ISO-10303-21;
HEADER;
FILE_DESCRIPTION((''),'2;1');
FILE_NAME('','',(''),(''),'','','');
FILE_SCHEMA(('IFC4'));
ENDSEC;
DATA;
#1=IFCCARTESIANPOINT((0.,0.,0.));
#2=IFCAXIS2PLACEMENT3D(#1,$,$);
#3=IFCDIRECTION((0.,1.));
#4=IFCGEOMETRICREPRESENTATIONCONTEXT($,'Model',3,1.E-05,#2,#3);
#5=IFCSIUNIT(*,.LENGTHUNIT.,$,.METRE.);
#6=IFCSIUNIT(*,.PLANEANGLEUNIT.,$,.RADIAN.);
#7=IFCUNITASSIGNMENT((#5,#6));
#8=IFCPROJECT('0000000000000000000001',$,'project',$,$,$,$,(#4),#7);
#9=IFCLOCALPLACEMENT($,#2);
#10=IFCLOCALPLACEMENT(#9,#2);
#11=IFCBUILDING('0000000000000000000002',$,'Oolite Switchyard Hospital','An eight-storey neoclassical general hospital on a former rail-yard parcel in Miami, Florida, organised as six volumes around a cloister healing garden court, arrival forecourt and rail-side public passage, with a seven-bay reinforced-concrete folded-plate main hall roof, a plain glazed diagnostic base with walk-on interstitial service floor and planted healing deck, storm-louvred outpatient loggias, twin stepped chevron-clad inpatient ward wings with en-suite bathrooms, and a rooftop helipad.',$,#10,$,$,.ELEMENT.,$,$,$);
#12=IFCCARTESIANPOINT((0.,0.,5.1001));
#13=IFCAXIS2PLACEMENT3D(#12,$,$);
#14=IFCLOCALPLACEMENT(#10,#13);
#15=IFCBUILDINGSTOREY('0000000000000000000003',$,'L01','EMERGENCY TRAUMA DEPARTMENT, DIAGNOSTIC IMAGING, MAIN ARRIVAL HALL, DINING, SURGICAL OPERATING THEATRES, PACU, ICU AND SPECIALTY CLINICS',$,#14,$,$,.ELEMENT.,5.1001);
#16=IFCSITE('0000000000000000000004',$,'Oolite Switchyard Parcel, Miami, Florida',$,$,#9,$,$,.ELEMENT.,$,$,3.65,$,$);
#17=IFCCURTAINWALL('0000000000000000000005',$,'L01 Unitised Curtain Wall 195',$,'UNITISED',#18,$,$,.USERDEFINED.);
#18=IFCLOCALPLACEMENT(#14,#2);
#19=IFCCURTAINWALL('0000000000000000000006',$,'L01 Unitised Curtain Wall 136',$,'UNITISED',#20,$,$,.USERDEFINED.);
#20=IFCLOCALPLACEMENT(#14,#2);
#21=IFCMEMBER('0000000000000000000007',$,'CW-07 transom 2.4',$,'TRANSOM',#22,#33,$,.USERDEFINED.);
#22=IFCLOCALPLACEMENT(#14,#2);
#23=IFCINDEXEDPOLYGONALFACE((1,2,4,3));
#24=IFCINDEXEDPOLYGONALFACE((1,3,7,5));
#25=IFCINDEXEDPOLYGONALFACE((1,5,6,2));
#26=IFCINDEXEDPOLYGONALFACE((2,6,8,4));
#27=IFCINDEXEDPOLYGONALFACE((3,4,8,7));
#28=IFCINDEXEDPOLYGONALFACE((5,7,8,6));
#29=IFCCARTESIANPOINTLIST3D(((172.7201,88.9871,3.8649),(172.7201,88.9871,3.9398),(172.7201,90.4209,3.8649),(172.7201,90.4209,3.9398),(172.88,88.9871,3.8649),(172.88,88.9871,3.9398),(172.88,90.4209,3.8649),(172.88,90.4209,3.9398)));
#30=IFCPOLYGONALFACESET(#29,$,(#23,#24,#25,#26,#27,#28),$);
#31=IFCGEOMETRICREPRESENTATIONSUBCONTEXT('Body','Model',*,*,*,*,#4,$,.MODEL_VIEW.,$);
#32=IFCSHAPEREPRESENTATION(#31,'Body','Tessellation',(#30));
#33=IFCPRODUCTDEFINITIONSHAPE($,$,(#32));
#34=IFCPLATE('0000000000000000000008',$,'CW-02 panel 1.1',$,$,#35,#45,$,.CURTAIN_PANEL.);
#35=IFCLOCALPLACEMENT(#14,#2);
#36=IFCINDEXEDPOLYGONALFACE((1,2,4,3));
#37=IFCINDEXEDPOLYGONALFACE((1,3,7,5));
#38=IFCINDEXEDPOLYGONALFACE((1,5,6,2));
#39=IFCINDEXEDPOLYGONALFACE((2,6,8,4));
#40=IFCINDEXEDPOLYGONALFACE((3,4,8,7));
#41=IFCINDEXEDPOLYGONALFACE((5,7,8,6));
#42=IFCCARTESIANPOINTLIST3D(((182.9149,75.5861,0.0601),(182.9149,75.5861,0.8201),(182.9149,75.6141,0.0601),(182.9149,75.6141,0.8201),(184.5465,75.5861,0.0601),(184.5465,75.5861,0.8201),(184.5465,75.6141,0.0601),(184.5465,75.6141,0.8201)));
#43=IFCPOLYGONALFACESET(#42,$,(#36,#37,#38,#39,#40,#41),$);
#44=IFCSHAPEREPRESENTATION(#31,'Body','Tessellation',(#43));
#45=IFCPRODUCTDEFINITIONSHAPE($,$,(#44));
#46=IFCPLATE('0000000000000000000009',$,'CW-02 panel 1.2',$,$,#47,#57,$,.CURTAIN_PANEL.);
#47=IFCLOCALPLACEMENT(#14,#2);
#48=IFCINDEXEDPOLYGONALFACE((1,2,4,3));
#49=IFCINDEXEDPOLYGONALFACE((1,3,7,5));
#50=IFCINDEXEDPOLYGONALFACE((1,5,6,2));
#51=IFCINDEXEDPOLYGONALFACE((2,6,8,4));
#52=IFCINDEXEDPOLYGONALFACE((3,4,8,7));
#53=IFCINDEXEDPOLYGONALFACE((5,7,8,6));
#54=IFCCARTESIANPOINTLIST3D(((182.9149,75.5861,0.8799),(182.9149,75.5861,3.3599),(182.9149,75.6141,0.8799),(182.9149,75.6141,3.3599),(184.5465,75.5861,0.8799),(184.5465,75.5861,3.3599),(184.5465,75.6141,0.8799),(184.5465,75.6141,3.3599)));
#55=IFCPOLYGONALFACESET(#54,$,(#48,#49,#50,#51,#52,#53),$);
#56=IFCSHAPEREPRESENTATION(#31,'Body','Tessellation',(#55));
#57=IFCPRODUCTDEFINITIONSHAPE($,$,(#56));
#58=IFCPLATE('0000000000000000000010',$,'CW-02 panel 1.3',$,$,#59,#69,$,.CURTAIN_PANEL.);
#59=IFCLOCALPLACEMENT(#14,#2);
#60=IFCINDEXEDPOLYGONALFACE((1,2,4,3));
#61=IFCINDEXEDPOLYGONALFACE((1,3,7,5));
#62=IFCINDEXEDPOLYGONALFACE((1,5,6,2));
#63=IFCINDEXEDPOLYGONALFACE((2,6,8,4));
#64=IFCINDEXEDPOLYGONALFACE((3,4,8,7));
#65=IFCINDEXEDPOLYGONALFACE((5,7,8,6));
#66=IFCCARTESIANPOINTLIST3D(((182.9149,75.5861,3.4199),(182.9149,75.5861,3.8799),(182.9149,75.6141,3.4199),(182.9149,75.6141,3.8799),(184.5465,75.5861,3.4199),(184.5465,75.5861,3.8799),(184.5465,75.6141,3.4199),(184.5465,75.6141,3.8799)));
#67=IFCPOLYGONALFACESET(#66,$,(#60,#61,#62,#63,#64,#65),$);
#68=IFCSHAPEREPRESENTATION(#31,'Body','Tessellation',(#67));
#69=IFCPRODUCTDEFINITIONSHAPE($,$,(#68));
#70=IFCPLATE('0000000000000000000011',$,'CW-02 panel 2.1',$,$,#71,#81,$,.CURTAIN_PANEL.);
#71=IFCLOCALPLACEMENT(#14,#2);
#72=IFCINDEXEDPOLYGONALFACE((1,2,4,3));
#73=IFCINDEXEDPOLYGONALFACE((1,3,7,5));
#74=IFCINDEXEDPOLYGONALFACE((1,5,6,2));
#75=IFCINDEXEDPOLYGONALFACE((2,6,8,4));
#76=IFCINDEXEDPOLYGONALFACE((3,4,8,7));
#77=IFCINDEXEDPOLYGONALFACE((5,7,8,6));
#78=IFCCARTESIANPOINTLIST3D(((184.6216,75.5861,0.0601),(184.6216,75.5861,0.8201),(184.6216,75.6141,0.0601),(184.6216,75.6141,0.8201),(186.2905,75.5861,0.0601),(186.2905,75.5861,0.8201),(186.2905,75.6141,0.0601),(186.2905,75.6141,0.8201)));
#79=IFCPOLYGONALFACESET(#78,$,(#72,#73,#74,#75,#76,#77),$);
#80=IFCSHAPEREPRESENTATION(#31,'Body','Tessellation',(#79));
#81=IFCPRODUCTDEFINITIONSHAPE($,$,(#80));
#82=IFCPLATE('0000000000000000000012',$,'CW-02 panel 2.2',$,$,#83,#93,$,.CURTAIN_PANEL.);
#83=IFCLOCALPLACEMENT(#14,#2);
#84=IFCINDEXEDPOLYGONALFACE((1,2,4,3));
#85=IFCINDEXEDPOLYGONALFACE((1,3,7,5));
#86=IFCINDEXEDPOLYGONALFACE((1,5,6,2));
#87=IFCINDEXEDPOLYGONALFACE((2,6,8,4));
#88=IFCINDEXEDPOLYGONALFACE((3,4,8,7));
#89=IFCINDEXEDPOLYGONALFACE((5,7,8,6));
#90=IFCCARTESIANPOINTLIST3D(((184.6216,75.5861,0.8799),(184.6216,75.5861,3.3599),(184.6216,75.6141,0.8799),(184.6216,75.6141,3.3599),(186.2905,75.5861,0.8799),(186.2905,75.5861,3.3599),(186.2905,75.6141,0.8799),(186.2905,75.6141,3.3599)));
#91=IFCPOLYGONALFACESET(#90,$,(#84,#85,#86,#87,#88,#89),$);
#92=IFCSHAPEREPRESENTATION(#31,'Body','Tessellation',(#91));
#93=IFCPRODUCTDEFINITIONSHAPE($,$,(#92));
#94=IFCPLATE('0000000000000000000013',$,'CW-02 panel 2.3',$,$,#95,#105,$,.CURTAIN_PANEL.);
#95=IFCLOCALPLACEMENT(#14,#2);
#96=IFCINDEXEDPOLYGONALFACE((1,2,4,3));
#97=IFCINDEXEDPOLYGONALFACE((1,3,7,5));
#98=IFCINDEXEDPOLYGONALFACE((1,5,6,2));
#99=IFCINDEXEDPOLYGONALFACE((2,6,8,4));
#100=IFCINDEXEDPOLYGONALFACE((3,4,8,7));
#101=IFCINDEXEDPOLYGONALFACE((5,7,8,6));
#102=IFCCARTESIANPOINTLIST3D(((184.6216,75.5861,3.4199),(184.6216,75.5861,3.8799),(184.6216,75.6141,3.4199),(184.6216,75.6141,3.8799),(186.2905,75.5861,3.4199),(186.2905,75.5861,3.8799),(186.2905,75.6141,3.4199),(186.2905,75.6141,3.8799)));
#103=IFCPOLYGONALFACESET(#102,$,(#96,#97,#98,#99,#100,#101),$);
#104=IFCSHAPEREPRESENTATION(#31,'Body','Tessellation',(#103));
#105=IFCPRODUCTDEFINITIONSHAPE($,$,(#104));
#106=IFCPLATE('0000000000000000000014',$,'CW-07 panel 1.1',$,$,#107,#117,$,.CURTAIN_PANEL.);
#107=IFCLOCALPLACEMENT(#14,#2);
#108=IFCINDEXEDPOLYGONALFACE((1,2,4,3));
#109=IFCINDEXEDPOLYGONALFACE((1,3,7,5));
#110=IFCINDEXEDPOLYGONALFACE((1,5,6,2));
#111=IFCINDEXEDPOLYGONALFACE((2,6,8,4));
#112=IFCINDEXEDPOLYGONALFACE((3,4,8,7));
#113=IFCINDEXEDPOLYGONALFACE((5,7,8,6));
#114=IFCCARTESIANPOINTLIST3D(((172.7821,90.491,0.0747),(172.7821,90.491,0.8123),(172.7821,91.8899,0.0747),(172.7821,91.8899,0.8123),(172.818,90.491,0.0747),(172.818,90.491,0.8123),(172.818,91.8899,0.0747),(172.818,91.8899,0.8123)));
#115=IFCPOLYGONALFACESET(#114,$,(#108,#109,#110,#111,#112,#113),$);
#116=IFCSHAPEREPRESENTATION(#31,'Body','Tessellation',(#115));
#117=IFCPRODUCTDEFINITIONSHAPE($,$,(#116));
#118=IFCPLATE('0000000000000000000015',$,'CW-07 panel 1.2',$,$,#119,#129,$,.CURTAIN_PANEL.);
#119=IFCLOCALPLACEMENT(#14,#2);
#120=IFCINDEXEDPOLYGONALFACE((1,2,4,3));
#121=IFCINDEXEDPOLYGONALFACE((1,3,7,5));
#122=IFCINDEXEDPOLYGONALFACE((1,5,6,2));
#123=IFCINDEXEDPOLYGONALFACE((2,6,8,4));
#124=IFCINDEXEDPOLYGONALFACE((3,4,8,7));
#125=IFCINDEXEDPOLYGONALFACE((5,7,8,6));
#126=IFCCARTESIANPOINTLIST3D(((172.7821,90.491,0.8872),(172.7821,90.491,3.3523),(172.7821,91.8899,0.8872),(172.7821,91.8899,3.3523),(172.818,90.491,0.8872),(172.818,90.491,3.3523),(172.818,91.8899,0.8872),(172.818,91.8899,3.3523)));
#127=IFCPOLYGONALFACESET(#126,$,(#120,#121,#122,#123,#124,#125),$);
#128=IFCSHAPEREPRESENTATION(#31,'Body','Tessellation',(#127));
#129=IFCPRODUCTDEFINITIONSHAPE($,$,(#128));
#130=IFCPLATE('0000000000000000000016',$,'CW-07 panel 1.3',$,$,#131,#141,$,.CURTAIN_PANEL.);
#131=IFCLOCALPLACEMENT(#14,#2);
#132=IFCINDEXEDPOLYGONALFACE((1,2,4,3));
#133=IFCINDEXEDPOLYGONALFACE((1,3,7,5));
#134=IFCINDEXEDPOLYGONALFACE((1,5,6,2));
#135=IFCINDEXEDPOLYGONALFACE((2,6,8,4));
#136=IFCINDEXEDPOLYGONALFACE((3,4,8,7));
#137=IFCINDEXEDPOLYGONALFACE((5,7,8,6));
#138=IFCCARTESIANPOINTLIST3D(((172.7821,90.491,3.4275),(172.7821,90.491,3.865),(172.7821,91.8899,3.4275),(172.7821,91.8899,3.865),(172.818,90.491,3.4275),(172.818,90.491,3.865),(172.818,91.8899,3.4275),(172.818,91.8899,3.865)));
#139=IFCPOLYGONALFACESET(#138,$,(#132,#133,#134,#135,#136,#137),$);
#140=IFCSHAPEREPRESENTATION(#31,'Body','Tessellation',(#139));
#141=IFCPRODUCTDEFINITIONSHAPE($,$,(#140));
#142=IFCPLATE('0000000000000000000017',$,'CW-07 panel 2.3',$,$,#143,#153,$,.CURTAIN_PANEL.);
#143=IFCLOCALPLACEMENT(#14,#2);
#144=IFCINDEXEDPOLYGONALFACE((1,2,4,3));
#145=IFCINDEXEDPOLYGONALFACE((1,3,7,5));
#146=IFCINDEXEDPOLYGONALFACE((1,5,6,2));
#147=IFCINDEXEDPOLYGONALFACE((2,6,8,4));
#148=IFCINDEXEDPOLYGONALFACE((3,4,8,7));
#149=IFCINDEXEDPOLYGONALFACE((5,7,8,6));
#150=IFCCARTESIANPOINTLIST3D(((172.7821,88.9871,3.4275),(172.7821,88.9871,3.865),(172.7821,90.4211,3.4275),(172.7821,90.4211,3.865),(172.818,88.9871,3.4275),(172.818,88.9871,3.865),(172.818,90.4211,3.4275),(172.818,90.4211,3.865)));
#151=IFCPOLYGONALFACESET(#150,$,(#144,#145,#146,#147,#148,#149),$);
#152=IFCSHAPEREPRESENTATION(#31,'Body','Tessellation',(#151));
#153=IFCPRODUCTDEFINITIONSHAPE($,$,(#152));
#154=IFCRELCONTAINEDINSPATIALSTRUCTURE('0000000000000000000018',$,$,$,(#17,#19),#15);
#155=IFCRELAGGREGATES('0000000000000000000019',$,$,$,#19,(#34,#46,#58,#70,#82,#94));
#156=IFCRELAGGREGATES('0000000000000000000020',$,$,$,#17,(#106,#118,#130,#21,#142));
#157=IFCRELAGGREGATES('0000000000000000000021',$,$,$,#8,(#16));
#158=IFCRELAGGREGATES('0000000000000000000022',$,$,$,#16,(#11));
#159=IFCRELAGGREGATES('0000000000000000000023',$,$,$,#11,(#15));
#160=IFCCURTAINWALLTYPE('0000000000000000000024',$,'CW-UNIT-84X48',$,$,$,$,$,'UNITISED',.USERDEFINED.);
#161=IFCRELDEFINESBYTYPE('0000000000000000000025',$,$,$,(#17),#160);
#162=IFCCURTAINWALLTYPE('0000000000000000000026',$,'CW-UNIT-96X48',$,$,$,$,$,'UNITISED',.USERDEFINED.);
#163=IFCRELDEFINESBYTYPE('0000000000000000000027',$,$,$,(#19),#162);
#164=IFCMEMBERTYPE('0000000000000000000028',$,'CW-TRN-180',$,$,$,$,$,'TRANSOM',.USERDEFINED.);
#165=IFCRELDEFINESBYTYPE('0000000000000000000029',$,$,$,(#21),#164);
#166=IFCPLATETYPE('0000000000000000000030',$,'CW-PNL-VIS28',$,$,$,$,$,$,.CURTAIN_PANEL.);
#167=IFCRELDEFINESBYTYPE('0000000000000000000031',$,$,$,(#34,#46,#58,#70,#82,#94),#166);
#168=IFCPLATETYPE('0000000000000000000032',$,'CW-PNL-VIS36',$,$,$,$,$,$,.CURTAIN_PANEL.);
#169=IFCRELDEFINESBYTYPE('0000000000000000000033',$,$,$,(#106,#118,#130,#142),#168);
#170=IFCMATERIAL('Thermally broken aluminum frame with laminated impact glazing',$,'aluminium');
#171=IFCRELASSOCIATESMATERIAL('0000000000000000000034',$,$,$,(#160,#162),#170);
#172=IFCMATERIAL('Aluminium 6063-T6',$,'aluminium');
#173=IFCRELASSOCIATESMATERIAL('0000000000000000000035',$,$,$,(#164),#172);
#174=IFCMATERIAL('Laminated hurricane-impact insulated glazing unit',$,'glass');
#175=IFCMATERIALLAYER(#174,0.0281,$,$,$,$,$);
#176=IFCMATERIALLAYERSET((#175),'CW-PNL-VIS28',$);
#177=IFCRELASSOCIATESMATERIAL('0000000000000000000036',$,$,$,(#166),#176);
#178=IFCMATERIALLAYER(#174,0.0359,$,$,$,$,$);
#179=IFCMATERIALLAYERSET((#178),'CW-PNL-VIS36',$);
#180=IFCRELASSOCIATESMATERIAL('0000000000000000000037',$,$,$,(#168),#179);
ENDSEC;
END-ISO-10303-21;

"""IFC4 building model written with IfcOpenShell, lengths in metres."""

from ifc_helpers import new_model, si_unit, direction, frame, origin, origin_2d, place, context, subcontext, project, spatial, rectangle, extrude, material, layer, layer_set, material_profile, profile_set, type_object, element, aggregate, save


model = new_model("IFC4")

# Units and contexts
model_context = context("Model", 3, precision=1e-05, world=origin(), true_north=direction((0.0, 1.0)))
body_context = subcontext(model_context, "Body", "Model", "MODEL_VIEW")
ifc_project = project(units=[si_unit("LENGTHUNIT", "METRE"), si_unit("PLANEANGLEUNIT", "RADIAN")], contexts=[model_context])

# Site, building, storey
site_placement = place(None, origin())
site = spatial("IfcSite", under=ifc_project, at=site_placement, Name="Oolite Switchyard Parcel, Miami, Florida", CompositionType="ELEMENT", RefElevation=3.65)
building_placement = place(site_placement, origin())
building = spatial("IfcBuilding", under=site, at=building_placement, Name="Oolite Switchyard Hospital", Description="An eight-storey neoclassical general hospital on a former rail-yard parcel in Miami, Florida, organised as six volumes around a cloister healing garden court, arrival forecourt and rail-side public passage, with a seven-bay reinforced-concrete folded-plate main hall roof, a plain glazed diagnostic base with walk-on interstitial service floor and planted healing deck, storm-louvred outpatient loggias, twin stepped chevron-clad inpatient ward wings with en-suite bathrooms, and a rooftop helipad.", CompositionType="ELEMENT")
storey_placement = place(building_placement, frame((0.0, 0.0, 5.1001)))
storey = spatial("IfcBuildingStorey", under=building, at=storey_placement, Name="L01", Description="EMERGENCY TRAUMA DEPARTMENT, DIAGNOSTIC IMAGING, MAIN ARRIVAL HALL, DINING, SURGICAL OPERATING THEATRES, PACU, ICU AND SPECIALTY CLINICS", CompositionType="ELEMENT", Elevation=5.1001)

# Curtain wall
ifc_material_1 = material(Name="Thermally broken aluminum frame with laminated impact glazing", Category="aluminium")
curtain_wall_type_1 = type_object("IfcCurtainWallType", Name="CW-UNIT-84X48", ElementType="UNITISED", PredefinedType="USERDEFINED", material=ifc_material_1)
curtain_wall_1_placement = place(storey_placement, origin())
curtain_wall_1 = element("IfcCurtainWall", 1, at=curtain_wall_1_placement, inside=storey, type_object=curtain_wall_type_1, Name="L01 Unitised Curtain Wall 195", ObjectType="UNITISED", PredefinedType="USERDEFINED")
ifc_material_2 = material(Name="Aluminium 6063-T6", Category="aluminium")

# Curtain wall
curtain_wall_type_2 = type_object("IfcCurtainWallType", Name="CW-UNIT-96X48", ElementType="UNITISED", PredefinedType="USERDEFINED", material=ifc_material_1)
curtain_wall_2_placement = place(storey_placement, origin())
curtain_wall_2 = element("IfcCurtainWall", 2, at=curtain_wall_2_placement, inside=storey, type_object=curtain_wall_type_2, Name="L01 Unitised Curtain Wall 136", ObjectType="UNITISED", PredefinedType="USERDEFINED")

# Member
ifc_material_profile_1 = material_profile(ifc_material_2, rectangle(XDim=0.1599, YDim=0.075, at=origin_2d()), Name="CWT75X160")
ifc_profile_set_1 = profile_set([ifc_material_profile_1], Name="Aluminium 6063-T6")
member_type_1 = type_object("IfcMemberType", Name="CW-TRN-180", ElementType="TRANSOM", PredefinedType="USERDEFINED", material=ifc_profile_set_1)
member_1_placement = place(storey_placement, frame((172.8, 90.4209, 3.9023), z_axis=(0.0, -1.0, 0.0), x_axis=(1.0, 0.0, 0.0)))
member_1 = element("IfcMember", 3, at=member_1_placement, type_object=member_type_1, Name="CW-07 transom 2.4", ObjectType="TRANSOM", PredefinedType="USERDEFINED", context=body_context, shape_type="SweptSolid", body=[
    extrude(rectangle(XDim=0.1599, YDim=0.075, at=origin_2d()), origin(), (0.0, 0.0, 1.0), 1.4338),
])

# Plates
ifc_material_3 = material(Name="Laminated hurricane-impact insulated glazing unit", Category="glass")
ifc_layer_1 = layer(ifc_material_3, 0.0281)
ifc_layer_set_1 = layer_set([ifc_layer_1], Name="CW-PNL-VIS28")
plate_type_1 = type_object("IfcPlateType", Name="CW-PNL-VIS28", PredefinedType="CURTAIN_PANEL", material=ifc_layer_set_1)
plate_1_placement = place(storey_placement, frame((183.7307, 75.6001, 0.0601), z_axis=(0.0, 0.0, 1.0), x_axis=(1.0, 0.0, 0.0)))
plate_1 = element("IfcPlate", 4, at=plate_1_placement, type_object=plate_type_1, Name="CW-02 panel 1.1", PredefinedType="CURTAIN_PANEL", context=body_context, shape_type="SweptSolid", body=[
    extrude(rectangle(XDim=1.6316, YDim=0.0281, at=origin_2d()), origin(), (0.0, 0.0, 1.0), 0.76),
])
plate_2_placement = place(storey_placement, frame((183.7307, 75.6001, 0.8799), z_axis=(0.0, 0.0, 1.0), x_axis=(1.0, 0.0, 0.0)))
plate_2 = element("IfcPlate", 5, at=plate_2_placement, type_object=plate_type_1, Name="CW-02 panel 1.2", PredefinedType="CURTAIN_PANEL", context=body_context, shape_type="SweptSolid", body=[
    extrude(rectangle(XDim=1.6316, YDim=0.0281, at=origin_2d()), origin(), (0.0, 0.0, 1.0), 2.48),
])
plate_3_placement = place(storey_placement, frame((183.7307, 75.6001, 3.4199), z_axis=(0.0, 0.0, 1.0), x_axis=(1.0, 0.0, 0.0)))
plate_3 = element("IfcPlate", 6, at=plate_3_placement, type_object=plate_type_1, Name="CW-02 panel 1.3", PredefinedType="CURTAIN_PANEL", context=body_context, shape_type="SweptSolid", body=[
    extrude(rectangle(XDim=1.6316, YDim=0.0281, at=origin_2d()), origin(), (0.0, 0.0, 1.0), 0.46),
])
plate_4_placement = place(storey_placement, frame((185.4561, 75.6001, 0.0601), z_axis=(0.0, 0.0, 1.0), x_axis=(1.0, 0.0, 0.0)))
plate_4 = element("IfcPlate", 7, at=plate_4_placement, type_object=plate_type_1, Name="CW-02 panel 2.1", PredefinedType="CURTAIN_PANEL", context=body_context, shape_type="SweptSolid", body=[
    extrude(rectangle(XDim=1.6689, YDim=0.0281, at=origin_2d()), origin(), (0.0, 0.0, 1.0), 0.76),
])
plate_5_placement = place(storey_placement, frame((185.4561, 75.6001, 0.8799), z_axis=(0.0, 0.0, 1.0), x_axis=(1.0, 0.0, 0.0)))
plate_5 = element("IfcPlate", 8, at=plate_5_placement, type_object=plate_type_1, Name="CW-02 panel 2.2", PredefinedType="CURTAIN_PANEL", context=body_context, shape_type="SweptSolid", body=[
    extrude(rectangle(XDim=1.6689, YDim=0.0281, at=origin_2d()), origin(), (0.0, 0.0, 1.0), 2.48),
])
plate_6_placement = place(storey_placement, frame((185.4561, 75.6001, 3.4199), z_axis=(0.0, 0.0, 1.0), x_axis=(1.0, 0.0, 0.0)))
plate_6 = element("IfcPlate", 9, at=plate_6_placement, type_object=plate_type_1, Name="CW-02 panel 2.3", PredefinedType="CURTAIN_PANEL", context=body_context, shape_type="SweptSolid", body=[
    extrude(rectangle(XDim=1.6689, YDim=0.0281, at=origin_2d()), origin(), (0.0, 0.0, 1.0), 0.46),
])
aggregate(curtain_wall_2, [plate_1, plate_2, plate_3, plate_4, plate_5, plate_6])
ifc_layer_2 = layer(ifc_material_3, 0.0359)
ifc_layer_set_2 = layer_set([ifc_layer_2], Name="CW-PNL-VIS36")
plate_type_2 = type_object("IfcPlateType", Name="CW-PNL-VIS36", PredefinedType="CURTAIN_PANEL", material=ifc_layer_set_2)
plate_7_placement = place(storey_placement, frame((172.8, 91.1904, 0.0747), z_axis=(0.0, 0.0, 1.0), x_axis=(0.0, -1.0, 0.0)))
plate_7 = element("IfcPlate", 10, at=plate_7_placement, type_object=plate_type_2, Name="CW-07 panel 1.1", PredefinedType="CURTAIN_PANEL", context=body_context, shape_type="SweptSolid", body=[
    extrude(rectangle(XDim=1.3989, YDim=0.0359, at=origin_2d()), origin(), (0.0, 0.0, 1.0), 0.7375),
])
plate_8_placement = place(storey_placement, frame((172.8, 91.1904, 0.8872), z_axis=(0.0, 0.0, 1.0), x_axis=(0.0, -1.0, 0.0)))
plate_8 = element("IfcPlate", 11, at=plate_8_placement, type_object=plate_type_2, Name="CW-07 panel 1.2", PredefinedType="CURTAIN_PANEL", context=body_context, shape_type="SweptSolid", body=[
    extrude(rectangle(XDim=1.3989, YDim=0.0359, at=origin_2d()), origin(), (0.0, 0.0, 1.0), 2.4651),
])
plate_9_placement = place(storey_placement, frame((172.8, 91.1904, 3.4275), z_axis=(0.0, 0.0, 1.0), x_axis=(0.0, -1.0, 0.0)))
plate_9 = element("IfcPlate", 12, at=plate_9_placement, type_object=plate_type_2, Name="CW-07 panel 1.3", PredefinedType="CURTAIN_PANEL", context=body_context, shape_type="SweptSolid", body=[
    extrude(rectangle(XDim=1.3989, YDim=0.0359, at=origin_2d()), origin(), (0.0, 0.0, 1.0), 0.4375),
])
plate_10_placement = place(storey_placement, frame((172.8, 89.7041, 3.4275), z_axis=(0.0, 0.0, 1.0), x_axis=(0.0, -1.0, 0.0)))
plate_10 = element("IfcPlate", 13, at=plate_10_placement, type_object=plate_type_2, Name="CW-07 panel 2.3", PredefinedType="CURTAIN_PANEL", context=body_context, shape_type="SweptSolid", body=[
    extrude(rectangle(XDim=1.4341, YDim=0.0359, at=origin_2d()), origin(), (0.0, 0.0, 1.0), 0.4375),
])
aggregate(curtain_wall_1, [plate_7, plate_8, plate_9, member_1, plate_10])

save(model, "model.ifc")
